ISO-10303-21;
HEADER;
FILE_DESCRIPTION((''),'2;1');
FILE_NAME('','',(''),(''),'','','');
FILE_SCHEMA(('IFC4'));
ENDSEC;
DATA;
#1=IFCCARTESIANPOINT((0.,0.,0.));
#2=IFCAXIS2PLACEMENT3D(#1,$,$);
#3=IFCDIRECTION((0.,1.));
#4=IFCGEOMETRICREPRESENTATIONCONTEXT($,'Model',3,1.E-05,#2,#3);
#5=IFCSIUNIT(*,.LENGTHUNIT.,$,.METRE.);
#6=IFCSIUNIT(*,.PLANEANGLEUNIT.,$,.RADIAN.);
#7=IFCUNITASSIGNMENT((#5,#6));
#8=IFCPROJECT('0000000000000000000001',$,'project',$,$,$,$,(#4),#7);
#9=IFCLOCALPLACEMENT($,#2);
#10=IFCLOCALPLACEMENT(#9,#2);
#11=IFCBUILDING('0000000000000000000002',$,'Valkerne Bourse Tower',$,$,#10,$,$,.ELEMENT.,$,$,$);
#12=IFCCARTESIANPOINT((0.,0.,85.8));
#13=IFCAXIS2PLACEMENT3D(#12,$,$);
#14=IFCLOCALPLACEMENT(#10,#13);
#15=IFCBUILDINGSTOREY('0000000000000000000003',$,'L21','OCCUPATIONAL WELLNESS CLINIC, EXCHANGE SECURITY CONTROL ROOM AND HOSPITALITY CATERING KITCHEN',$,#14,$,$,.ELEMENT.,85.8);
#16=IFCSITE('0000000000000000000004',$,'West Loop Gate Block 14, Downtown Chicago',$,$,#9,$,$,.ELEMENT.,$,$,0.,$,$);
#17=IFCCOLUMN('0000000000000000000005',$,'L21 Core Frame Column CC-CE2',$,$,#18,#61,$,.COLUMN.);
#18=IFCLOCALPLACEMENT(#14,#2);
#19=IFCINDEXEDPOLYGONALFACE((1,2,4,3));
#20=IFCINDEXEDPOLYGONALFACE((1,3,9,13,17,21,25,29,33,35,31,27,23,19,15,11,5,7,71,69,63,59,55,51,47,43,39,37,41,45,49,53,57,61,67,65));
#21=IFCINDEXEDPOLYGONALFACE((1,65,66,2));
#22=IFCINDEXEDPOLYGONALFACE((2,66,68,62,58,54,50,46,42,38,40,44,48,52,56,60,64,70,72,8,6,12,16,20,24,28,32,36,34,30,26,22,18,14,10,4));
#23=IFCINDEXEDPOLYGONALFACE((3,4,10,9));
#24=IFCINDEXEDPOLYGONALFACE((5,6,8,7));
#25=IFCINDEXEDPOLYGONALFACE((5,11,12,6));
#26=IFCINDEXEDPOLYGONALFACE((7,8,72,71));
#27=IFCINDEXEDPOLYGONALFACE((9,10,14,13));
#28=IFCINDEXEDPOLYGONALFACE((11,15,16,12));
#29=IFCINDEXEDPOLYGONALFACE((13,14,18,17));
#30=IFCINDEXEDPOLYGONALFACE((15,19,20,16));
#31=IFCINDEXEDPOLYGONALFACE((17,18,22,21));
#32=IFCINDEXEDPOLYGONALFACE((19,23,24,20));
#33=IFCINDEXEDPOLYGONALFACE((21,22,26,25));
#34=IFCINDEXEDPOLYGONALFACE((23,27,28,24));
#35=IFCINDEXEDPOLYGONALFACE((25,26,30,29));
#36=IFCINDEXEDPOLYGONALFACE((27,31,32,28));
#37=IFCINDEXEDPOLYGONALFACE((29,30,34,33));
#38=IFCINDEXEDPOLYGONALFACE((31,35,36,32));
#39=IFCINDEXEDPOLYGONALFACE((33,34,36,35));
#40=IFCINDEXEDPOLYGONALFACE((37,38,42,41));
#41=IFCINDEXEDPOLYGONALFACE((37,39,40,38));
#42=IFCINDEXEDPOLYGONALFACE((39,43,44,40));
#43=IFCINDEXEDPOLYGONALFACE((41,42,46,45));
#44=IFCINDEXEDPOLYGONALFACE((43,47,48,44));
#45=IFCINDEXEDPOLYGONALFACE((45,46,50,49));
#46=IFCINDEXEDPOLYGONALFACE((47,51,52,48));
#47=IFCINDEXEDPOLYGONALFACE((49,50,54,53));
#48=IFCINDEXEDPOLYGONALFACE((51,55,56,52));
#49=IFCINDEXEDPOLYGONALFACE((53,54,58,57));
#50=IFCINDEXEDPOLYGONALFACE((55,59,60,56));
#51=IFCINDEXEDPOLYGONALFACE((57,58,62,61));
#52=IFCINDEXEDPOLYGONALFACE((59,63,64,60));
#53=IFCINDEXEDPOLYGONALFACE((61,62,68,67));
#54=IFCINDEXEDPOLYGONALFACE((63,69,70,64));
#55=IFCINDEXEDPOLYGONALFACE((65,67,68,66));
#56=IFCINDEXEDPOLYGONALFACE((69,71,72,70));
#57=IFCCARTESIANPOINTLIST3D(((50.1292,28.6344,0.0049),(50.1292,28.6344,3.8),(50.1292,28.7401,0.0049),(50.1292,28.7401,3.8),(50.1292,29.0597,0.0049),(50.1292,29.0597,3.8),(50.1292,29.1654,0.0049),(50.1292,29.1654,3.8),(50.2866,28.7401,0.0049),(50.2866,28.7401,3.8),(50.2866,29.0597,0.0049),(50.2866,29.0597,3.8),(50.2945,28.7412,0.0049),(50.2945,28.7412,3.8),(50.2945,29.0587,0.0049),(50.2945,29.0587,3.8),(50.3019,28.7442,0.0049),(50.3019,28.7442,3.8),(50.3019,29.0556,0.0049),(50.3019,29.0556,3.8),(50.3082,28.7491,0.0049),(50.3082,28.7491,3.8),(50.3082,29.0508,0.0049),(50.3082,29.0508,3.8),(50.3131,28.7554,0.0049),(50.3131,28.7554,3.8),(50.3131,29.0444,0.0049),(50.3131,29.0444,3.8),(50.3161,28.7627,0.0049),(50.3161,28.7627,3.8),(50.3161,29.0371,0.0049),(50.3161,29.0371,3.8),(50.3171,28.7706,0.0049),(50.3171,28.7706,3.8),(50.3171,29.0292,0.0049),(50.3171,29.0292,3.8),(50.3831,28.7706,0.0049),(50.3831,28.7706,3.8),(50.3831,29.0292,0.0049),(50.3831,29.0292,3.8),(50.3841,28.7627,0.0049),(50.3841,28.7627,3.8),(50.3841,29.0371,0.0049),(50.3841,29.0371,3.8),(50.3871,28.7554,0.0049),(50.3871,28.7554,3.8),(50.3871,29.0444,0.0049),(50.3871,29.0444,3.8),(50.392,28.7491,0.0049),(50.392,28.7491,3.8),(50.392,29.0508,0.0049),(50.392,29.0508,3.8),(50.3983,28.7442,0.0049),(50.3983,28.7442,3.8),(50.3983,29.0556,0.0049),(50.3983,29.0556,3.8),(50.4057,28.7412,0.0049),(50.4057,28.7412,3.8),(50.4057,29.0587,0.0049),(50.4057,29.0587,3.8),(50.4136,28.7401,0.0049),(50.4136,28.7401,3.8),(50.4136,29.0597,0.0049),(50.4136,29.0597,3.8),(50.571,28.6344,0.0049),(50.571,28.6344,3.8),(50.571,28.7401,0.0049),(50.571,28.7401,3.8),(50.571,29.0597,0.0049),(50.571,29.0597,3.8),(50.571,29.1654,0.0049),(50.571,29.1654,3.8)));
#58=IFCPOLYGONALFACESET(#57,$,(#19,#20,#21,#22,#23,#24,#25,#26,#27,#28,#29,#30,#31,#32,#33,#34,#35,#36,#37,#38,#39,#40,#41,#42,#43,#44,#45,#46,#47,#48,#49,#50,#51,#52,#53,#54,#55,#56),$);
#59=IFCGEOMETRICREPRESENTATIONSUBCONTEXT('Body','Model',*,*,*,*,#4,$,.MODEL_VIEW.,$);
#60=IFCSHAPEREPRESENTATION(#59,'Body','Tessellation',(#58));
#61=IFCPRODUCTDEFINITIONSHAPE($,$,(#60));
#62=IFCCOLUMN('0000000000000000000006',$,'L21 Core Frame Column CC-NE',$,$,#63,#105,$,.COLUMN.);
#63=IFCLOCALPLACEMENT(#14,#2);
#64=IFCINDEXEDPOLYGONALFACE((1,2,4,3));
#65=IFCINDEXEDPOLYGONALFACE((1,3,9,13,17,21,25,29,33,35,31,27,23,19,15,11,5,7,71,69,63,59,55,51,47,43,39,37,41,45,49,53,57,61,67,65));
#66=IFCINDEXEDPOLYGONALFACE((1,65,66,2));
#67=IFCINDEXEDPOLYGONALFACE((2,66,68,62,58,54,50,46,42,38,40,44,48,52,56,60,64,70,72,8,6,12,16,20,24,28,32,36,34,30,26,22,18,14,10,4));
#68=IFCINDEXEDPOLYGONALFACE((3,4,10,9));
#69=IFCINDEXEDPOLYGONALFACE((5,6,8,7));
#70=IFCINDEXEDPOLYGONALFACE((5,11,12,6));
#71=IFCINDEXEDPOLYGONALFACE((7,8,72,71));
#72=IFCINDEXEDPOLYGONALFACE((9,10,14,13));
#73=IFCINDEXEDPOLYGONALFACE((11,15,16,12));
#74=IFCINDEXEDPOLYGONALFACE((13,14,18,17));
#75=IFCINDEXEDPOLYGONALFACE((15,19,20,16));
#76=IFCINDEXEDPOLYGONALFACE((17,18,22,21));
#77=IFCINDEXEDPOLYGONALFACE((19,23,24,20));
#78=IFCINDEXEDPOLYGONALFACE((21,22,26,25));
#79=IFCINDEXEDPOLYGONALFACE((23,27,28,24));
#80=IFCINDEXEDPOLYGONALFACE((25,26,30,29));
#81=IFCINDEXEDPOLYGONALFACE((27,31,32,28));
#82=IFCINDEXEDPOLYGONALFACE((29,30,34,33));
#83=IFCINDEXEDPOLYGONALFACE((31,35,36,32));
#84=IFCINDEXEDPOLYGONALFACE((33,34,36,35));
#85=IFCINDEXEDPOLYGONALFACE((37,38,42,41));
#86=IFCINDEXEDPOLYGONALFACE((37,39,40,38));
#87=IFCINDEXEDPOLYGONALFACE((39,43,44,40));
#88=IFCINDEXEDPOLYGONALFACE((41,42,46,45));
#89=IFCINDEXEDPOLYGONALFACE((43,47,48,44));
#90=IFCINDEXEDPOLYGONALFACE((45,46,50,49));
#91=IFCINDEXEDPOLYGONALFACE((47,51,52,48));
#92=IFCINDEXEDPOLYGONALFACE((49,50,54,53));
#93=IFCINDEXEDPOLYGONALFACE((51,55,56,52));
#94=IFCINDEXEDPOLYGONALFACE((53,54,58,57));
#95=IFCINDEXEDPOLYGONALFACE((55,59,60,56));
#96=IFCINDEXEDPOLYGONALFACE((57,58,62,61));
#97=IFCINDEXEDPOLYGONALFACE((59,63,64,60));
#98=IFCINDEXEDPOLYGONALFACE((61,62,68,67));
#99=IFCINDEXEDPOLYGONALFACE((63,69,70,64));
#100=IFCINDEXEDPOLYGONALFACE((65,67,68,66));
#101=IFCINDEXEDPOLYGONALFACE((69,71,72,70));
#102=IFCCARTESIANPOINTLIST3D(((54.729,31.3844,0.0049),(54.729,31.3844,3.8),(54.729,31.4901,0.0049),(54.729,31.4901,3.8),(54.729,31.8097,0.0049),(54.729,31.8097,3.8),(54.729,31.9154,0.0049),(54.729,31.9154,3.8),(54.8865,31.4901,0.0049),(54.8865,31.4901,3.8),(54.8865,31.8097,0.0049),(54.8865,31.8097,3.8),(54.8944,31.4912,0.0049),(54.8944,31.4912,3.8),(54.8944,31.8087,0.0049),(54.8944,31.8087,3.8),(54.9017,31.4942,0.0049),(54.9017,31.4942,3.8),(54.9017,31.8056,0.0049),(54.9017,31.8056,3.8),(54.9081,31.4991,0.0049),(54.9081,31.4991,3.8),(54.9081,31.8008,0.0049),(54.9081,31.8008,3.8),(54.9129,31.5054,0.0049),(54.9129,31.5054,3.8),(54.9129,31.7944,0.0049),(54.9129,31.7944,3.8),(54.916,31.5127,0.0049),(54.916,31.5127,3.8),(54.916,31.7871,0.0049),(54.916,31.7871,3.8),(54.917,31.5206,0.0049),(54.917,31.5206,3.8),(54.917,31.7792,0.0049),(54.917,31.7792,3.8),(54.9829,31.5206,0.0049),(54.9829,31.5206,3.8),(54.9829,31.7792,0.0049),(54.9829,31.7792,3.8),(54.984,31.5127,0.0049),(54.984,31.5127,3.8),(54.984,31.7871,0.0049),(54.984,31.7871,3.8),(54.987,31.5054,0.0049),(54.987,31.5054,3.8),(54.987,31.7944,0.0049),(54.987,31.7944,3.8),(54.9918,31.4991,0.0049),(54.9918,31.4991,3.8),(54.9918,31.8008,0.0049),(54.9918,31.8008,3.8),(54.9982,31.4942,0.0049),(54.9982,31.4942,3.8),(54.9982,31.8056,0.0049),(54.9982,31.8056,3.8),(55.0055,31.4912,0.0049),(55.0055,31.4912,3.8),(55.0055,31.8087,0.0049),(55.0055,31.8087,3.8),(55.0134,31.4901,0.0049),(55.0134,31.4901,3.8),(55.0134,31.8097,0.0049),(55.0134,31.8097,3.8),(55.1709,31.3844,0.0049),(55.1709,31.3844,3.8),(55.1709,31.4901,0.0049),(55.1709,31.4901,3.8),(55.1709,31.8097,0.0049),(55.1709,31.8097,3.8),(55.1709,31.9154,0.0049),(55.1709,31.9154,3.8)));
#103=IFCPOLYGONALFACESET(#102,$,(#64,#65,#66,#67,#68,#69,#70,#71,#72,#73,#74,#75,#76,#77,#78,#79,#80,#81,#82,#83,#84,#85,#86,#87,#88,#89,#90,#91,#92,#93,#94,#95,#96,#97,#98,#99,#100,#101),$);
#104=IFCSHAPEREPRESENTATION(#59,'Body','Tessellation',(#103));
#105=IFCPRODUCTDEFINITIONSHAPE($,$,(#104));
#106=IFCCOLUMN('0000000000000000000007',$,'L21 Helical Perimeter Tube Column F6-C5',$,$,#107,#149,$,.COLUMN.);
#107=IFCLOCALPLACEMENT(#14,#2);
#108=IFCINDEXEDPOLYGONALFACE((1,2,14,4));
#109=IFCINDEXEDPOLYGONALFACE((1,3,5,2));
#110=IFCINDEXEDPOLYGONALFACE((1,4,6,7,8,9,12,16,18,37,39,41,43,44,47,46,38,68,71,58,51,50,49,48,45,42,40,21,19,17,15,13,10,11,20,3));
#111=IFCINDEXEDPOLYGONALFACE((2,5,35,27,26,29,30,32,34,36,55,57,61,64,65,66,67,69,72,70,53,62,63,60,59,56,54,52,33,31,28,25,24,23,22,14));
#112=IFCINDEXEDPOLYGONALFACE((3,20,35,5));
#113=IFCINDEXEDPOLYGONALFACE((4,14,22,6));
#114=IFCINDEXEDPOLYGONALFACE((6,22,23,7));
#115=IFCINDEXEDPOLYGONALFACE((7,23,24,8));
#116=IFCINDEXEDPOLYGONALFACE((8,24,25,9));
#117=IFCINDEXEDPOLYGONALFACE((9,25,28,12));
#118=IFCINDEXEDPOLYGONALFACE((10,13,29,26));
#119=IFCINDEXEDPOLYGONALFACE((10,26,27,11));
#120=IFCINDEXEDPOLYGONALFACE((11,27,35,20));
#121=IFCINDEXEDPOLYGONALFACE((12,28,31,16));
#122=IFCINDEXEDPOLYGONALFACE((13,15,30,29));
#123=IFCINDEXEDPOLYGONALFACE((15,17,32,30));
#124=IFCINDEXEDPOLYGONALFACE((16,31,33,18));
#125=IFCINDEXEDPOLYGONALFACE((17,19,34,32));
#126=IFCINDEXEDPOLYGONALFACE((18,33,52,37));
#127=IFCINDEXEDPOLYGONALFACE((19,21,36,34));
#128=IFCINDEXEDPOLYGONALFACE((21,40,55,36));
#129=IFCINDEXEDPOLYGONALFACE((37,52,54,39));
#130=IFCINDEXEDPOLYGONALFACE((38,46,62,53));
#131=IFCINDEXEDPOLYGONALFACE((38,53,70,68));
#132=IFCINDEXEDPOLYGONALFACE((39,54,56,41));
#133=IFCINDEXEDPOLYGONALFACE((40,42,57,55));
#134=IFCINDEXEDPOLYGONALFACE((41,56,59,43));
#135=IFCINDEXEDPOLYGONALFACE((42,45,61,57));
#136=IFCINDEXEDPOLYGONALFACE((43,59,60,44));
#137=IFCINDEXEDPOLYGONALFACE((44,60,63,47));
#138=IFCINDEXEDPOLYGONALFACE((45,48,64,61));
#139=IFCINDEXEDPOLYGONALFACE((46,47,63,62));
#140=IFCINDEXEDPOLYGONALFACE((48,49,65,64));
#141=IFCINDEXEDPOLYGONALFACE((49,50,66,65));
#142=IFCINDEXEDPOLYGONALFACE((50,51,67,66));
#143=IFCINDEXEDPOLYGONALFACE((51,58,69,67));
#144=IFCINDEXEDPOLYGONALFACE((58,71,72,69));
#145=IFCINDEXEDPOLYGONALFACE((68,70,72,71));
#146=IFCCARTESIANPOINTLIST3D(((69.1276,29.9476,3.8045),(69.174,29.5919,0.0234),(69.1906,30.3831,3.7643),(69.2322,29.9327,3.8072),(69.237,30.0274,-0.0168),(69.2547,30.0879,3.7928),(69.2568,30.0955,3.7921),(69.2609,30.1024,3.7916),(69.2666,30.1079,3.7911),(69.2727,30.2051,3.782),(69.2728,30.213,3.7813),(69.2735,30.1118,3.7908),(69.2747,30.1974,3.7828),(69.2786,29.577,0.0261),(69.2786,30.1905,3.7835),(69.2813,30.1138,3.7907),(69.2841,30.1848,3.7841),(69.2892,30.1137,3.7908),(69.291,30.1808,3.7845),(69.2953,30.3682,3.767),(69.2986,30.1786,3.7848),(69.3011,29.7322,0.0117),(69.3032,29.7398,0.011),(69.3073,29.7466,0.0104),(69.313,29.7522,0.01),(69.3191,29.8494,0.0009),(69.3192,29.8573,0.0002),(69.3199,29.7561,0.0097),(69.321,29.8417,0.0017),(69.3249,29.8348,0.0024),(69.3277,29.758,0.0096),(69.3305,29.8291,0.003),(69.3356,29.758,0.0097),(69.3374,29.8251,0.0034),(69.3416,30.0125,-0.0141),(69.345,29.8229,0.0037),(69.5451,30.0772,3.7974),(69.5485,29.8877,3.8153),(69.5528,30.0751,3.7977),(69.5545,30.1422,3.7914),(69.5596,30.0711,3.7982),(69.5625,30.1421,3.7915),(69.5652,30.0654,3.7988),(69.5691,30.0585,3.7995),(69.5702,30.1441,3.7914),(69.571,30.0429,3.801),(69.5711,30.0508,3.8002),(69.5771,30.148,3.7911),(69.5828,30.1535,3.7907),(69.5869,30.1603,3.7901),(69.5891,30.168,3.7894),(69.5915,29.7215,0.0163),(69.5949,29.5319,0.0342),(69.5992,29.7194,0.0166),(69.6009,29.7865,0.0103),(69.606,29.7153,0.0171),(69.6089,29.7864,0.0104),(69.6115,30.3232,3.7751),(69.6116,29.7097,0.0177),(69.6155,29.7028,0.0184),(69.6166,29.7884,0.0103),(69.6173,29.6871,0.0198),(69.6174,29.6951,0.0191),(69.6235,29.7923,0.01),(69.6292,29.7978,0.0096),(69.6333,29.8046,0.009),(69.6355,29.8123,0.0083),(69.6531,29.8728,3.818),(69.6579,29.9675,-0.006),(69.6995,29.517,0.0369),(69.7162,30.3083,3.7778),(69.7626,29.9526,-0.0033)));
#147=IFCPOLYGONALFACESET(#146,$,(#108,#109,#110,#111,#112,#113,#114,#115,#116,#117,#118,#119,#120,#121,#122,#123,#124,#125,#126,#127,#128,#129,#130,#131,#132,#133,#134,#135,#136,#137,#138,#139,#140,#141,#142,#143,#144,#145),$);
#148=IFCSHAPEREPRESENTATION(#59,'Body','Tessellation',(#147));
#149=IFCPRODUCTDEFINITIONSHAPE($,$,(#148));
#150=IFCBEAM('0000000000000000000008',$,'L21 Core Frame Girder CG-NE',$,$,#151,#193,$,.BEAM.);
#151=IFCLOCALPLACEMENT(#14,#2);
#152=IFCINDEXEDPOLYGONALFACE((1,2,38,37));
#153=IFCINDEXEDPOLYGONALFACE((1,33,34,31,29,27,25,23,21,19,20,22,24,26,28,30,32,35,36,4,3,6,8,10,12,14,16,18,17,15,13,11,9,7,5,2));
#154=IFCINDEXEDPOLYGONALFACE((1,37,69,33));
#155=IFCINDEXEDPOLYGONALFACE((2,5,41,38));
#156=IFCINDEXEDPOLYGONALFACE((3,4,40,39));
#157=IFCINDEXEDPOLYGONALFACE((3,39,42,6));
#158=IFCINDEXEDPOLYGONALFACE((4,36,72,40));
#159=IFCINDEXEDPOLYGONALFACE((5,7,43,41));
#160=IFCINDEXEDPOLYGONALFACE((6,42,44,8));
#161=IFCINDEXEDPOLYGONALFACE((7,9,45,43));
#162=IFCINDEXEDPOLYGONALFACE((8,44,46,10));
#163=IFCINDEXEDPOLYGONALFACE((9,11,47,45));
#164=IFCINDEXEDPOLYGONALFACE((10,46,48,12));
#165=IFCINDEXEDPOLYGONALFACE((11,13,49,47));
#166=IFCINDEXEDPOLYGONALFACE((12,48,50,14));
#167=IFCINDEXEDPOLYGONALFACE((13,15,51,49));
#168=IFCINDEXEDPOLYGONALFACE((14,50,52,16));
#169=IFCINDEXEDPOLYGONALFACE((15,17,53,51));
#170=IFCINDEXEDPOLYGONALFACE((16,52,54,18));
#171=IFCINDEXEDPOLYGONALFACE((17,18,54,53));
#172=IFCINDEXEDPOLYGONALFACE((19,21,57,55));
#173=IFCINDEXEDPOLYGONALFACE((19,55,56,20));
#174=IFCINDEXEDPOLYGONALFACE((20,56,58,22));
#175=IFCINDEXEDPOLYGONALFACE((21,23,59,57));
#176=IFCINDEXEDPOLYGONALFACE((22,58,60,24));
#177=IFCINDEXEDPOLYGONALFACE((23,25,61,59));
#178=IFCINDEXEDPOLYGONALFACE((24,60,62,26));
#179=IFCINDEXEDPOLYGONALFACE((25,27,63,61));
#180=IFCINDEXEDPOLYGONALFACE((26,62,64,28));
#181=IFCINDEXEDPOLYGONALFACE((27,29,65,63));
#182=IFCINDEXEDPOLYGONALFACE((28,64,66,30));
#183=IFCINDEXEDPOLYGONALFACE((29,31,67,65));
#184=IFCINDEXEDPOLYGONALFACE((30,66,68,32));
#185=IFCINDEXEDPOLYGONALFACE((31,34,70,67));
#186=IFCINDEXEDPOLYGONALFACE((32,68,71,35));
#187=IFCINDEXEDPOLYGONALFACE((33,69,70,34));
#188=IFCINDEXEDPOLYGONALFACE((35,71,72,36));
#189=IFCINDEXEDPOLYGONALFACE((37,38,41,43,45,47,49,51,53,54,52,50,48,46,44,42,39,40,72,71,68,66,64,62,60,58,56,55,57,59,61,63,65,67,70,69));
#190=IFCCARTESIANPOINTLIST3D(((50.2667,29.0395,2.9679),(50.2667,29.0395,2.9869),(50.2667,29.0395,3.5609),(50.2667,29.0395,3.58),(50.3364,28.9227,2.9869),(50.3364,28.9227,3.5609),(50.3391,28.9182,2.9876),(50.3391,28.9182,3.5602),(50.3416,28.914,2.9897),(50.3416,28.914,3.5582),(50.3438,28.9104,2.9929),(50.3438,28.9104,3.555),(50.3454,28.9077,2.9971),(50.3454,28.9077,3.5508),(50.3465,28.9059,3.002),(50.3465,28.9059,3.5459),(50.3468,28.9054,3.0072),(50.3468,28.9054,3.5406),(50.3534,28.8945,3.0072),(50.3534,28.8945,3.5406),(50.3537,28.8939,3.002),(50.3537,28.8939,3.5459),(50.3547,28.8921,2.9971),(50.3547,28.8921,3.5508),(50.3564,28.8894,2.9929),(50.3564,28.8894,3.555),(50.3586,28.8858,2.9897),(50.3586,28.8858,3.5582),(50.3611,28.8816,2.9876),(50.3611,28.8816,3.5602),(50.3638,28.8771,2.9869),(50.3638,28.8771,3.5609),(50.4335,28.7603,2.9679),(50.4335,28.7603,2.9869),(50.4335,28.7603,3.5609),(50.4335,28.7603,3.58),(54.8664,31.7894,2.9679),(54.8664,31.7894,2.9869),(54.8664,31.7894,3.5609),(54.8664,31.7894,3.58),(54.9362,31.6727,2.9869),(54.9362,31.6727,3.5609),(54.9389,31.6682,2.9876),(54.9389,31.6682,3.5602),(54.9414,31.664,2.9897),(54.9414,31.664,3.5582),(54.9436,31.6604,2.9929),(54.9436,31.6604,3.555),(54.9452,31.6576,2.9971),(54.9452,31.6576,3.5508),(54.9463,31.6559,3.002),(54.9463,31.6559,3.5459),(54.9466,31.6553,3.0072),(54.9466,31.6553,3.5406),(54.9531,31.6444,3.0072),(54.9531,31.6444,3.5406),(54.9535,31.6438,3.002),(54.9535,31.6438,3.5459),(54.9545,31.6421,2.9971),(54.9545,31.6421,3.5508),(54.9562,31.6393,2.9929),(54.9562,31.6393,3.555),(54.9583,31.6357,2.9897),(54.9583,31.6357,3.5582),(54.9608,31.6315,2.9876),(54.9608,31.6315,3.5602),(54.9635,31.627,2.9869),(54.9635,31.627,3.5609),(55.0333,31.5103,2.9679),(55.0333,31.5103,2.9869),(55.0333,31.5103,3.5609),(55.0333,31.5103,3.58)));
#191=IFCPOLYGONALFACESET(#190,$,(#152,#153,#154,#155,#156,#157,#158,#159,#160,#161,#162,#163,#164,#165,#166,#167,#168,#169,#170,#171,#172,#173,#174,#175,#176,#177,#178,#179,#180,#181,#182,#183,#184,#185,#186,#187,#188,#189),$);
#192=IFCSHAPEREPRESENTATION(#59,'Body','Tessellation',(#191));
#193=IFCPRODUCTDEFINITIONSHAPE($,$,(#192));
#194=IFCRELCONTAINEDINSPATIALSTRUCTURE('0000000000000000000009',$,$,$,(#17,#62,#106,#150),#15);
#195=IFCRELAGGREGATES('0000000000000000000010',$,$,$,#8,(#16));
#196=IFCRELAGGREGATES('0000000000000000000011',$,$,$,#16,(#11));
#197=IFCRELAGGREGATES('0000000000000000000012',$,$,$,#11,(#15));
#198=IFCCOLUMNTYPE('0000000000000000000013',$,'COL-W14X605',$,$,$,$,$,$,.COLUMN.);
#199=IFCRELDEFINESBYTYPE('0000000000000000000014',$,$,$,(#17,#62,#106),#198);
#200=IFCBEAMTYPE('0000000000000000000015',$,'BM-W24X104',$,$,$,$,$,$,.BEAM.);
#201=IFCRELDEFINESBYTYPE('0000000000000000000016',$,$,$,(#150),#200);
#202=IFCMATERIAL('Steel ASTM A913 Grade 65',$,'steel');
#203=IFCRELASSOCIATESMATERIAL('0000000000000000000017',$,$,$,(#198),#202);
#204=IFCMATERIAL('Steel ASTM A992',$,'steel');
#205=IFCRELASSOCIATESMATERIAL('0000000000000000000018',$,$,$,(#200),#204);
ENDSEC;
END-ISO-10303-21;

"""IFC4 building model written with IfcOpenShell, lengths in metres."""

from ifc_helpers import new_model, si_unit, direction, frame, origin, origin_2d, place, context, subcontext, project, spatial, i_section, extrude, material, material_profile, profile_set, type_object, element, save


model = new_model("IFC4")

# Units and contexts
model_context = context("Model", 3, precision=1e-05, world=origin(), true_north=direction((0.0, 1.0)))
body_context = subcontext(model_context, "Body", "Model", "MODEL_VIEW")
ifc_project = project(units=[si_unit("LENGTHUNIT", "METRE"), si_unit("PLANEANGLEUNIT", "RADIAN")], contexts=[model_context])

# Site, building, storey
site_placement = place(None, origin())
site = spatial("IfcSite", under=ifc_project, at=site_placement, Name="West Loop Gate Block 14, Downtown Chicago", CompositionType="ELEMENT", RefElevation=0.0)
building_placement = place(site_placement, origin())
building = spatial("IfcBuilding", under=site, at=building_placement, Name="Valkerne Bourse Tower", CompositionType="ELEMENT")
storey_placement = place(building_placement, frame((0.0, 0.0, 85.8)))
storey = spatial("IfcBuildingStorey", under=building, at=storey_placement, Name="L21", Description="OCCUPATIONAL WELLNESS CLINIC, EXCHANGE SECURITY CONTROL ROOM AND HOSPITALITY CATERING KITCHEN", CompositionType="ELEMENT", Elevation=85.8)

# Columns
ifc_material_1 = material(Name="Steel ASTM A913 Grade 65", Category="steel")
ifc_material_profile_1 = material_profile(ifc_material_1, i_section(OverallWidth=0.4419, OverallDepth=0.531, WebThickness=0.0659, FlangeThickness=0.1057, FilletRadius=0.0305, at=origin_2d()), Name="W14X605")
ifc_profile_set_1 = profile_set([ifc_material_profile_1], Name="Steel ASTM A913 Grade 65")
column_type = type_object("IfcColumnType", Name="COL-W14X605", PredefinedType="COLUMN", material=ifc_profile_set_1)
for number, where, z_axis, x_axis, name in (
    (1, (50.3501, 28.8999, 0.0049), (0.0, 0.0, 1.0), (1.0, 0.0, 0.0), "L21 Core Frame Column CC-CE2"),
    (2, (54.95, 31.6499, 0.0049), (0.0, 0.0, 1.0), (1.0, 0.0, 0.0), "L21 Core Frame Column CC-NE"),
):
    element("IfcColumn", number, at=place(storey_placement, frame(where, z_axis=z_axis, x_axis=x_axis)), inside=storey, type_object=column_type, Name=name, PredefinedType="COLUMN", context=body_context, shape_type="SweptSolid", body=[
        extrude(i_section(OverallWidth=0.4419, OverallDepth=0.531, WebThickness=0.0659, FlangeThickness=0.1057, FilletRadius=0.0305, at=origin_2d()), origin(), (0.0, 0.0, 1.0), 3.7952),
    ])
column_placement = place(storey_placement, frame((69.4683, 29.7722, 0.01), z_axis=(-0.012214, 0.093658, 0.995529), x_axis=(-0.142672, -0.98558, 0.090972)))
element("IfcColumn", 3, at=column_placement, inside=storey, type_object=column_type, Name="L21 Helical Perimeter Tube Column F6-C5", PredefinedType="COLUMN", context=body_context, shape_type="SweptSolid", body=[
    extrude(i_section(OverallWidth=0.4419, OverallDepth=0.531, WebThickness=0.0659, FlangeThickness=0.1057, FilletRadius=0.0305, at=origin_2d()), origin(), (0.0, 0.0, 1.0), 3.7981),
])

# Beam
ifc_material_2 = material(Name="Steel ASTM A992", Category="steel")
ifc_material_profile_2 = material_profile(ifc_material_2, i_section(OverallWidth=0.3252, OverallDepth=0.6121, WebThickness=0.0127, FlangeThickness=0.019, FilletRadius=0.0203, at=origin_2d()), Name="W24X104")
ifc_profile_set_2 = profile_set([ifc_material_profile_2], Name="Steel ASTM A992")
beam_type_1 = type_object("IfcBeamType", Name="BM-W24X104", PredefinedType="BEAM", material=ifc_profile_set_2)
beam_1_placement = place(storey_placement, frame((50.3501, 28.8999, 3.2739), z_axis=(0.858308, 0.513135, 0.0), x_axis=(-0.513135, 0.858308, 0.0)))
element("IfcBeam", 4, at=beam_1_placement, inside=storey, type_object=beam_type_1, Name="L21 Core Frame Girder CG-NE", PredefinedType="BEAM", context=body_context, shape_type="SweptSolid", body=[
    extrude(i_section(OverallWidth=0.3252, OverallDepth=0.6121, WebThickness=0.0127, FlangeThickness=0.019, FilletRadius=0.0203, at=origin_2d()), origin(), (0.0, 0.0, 1.0), 5.3591),
])

save(model, "model.ifc")
